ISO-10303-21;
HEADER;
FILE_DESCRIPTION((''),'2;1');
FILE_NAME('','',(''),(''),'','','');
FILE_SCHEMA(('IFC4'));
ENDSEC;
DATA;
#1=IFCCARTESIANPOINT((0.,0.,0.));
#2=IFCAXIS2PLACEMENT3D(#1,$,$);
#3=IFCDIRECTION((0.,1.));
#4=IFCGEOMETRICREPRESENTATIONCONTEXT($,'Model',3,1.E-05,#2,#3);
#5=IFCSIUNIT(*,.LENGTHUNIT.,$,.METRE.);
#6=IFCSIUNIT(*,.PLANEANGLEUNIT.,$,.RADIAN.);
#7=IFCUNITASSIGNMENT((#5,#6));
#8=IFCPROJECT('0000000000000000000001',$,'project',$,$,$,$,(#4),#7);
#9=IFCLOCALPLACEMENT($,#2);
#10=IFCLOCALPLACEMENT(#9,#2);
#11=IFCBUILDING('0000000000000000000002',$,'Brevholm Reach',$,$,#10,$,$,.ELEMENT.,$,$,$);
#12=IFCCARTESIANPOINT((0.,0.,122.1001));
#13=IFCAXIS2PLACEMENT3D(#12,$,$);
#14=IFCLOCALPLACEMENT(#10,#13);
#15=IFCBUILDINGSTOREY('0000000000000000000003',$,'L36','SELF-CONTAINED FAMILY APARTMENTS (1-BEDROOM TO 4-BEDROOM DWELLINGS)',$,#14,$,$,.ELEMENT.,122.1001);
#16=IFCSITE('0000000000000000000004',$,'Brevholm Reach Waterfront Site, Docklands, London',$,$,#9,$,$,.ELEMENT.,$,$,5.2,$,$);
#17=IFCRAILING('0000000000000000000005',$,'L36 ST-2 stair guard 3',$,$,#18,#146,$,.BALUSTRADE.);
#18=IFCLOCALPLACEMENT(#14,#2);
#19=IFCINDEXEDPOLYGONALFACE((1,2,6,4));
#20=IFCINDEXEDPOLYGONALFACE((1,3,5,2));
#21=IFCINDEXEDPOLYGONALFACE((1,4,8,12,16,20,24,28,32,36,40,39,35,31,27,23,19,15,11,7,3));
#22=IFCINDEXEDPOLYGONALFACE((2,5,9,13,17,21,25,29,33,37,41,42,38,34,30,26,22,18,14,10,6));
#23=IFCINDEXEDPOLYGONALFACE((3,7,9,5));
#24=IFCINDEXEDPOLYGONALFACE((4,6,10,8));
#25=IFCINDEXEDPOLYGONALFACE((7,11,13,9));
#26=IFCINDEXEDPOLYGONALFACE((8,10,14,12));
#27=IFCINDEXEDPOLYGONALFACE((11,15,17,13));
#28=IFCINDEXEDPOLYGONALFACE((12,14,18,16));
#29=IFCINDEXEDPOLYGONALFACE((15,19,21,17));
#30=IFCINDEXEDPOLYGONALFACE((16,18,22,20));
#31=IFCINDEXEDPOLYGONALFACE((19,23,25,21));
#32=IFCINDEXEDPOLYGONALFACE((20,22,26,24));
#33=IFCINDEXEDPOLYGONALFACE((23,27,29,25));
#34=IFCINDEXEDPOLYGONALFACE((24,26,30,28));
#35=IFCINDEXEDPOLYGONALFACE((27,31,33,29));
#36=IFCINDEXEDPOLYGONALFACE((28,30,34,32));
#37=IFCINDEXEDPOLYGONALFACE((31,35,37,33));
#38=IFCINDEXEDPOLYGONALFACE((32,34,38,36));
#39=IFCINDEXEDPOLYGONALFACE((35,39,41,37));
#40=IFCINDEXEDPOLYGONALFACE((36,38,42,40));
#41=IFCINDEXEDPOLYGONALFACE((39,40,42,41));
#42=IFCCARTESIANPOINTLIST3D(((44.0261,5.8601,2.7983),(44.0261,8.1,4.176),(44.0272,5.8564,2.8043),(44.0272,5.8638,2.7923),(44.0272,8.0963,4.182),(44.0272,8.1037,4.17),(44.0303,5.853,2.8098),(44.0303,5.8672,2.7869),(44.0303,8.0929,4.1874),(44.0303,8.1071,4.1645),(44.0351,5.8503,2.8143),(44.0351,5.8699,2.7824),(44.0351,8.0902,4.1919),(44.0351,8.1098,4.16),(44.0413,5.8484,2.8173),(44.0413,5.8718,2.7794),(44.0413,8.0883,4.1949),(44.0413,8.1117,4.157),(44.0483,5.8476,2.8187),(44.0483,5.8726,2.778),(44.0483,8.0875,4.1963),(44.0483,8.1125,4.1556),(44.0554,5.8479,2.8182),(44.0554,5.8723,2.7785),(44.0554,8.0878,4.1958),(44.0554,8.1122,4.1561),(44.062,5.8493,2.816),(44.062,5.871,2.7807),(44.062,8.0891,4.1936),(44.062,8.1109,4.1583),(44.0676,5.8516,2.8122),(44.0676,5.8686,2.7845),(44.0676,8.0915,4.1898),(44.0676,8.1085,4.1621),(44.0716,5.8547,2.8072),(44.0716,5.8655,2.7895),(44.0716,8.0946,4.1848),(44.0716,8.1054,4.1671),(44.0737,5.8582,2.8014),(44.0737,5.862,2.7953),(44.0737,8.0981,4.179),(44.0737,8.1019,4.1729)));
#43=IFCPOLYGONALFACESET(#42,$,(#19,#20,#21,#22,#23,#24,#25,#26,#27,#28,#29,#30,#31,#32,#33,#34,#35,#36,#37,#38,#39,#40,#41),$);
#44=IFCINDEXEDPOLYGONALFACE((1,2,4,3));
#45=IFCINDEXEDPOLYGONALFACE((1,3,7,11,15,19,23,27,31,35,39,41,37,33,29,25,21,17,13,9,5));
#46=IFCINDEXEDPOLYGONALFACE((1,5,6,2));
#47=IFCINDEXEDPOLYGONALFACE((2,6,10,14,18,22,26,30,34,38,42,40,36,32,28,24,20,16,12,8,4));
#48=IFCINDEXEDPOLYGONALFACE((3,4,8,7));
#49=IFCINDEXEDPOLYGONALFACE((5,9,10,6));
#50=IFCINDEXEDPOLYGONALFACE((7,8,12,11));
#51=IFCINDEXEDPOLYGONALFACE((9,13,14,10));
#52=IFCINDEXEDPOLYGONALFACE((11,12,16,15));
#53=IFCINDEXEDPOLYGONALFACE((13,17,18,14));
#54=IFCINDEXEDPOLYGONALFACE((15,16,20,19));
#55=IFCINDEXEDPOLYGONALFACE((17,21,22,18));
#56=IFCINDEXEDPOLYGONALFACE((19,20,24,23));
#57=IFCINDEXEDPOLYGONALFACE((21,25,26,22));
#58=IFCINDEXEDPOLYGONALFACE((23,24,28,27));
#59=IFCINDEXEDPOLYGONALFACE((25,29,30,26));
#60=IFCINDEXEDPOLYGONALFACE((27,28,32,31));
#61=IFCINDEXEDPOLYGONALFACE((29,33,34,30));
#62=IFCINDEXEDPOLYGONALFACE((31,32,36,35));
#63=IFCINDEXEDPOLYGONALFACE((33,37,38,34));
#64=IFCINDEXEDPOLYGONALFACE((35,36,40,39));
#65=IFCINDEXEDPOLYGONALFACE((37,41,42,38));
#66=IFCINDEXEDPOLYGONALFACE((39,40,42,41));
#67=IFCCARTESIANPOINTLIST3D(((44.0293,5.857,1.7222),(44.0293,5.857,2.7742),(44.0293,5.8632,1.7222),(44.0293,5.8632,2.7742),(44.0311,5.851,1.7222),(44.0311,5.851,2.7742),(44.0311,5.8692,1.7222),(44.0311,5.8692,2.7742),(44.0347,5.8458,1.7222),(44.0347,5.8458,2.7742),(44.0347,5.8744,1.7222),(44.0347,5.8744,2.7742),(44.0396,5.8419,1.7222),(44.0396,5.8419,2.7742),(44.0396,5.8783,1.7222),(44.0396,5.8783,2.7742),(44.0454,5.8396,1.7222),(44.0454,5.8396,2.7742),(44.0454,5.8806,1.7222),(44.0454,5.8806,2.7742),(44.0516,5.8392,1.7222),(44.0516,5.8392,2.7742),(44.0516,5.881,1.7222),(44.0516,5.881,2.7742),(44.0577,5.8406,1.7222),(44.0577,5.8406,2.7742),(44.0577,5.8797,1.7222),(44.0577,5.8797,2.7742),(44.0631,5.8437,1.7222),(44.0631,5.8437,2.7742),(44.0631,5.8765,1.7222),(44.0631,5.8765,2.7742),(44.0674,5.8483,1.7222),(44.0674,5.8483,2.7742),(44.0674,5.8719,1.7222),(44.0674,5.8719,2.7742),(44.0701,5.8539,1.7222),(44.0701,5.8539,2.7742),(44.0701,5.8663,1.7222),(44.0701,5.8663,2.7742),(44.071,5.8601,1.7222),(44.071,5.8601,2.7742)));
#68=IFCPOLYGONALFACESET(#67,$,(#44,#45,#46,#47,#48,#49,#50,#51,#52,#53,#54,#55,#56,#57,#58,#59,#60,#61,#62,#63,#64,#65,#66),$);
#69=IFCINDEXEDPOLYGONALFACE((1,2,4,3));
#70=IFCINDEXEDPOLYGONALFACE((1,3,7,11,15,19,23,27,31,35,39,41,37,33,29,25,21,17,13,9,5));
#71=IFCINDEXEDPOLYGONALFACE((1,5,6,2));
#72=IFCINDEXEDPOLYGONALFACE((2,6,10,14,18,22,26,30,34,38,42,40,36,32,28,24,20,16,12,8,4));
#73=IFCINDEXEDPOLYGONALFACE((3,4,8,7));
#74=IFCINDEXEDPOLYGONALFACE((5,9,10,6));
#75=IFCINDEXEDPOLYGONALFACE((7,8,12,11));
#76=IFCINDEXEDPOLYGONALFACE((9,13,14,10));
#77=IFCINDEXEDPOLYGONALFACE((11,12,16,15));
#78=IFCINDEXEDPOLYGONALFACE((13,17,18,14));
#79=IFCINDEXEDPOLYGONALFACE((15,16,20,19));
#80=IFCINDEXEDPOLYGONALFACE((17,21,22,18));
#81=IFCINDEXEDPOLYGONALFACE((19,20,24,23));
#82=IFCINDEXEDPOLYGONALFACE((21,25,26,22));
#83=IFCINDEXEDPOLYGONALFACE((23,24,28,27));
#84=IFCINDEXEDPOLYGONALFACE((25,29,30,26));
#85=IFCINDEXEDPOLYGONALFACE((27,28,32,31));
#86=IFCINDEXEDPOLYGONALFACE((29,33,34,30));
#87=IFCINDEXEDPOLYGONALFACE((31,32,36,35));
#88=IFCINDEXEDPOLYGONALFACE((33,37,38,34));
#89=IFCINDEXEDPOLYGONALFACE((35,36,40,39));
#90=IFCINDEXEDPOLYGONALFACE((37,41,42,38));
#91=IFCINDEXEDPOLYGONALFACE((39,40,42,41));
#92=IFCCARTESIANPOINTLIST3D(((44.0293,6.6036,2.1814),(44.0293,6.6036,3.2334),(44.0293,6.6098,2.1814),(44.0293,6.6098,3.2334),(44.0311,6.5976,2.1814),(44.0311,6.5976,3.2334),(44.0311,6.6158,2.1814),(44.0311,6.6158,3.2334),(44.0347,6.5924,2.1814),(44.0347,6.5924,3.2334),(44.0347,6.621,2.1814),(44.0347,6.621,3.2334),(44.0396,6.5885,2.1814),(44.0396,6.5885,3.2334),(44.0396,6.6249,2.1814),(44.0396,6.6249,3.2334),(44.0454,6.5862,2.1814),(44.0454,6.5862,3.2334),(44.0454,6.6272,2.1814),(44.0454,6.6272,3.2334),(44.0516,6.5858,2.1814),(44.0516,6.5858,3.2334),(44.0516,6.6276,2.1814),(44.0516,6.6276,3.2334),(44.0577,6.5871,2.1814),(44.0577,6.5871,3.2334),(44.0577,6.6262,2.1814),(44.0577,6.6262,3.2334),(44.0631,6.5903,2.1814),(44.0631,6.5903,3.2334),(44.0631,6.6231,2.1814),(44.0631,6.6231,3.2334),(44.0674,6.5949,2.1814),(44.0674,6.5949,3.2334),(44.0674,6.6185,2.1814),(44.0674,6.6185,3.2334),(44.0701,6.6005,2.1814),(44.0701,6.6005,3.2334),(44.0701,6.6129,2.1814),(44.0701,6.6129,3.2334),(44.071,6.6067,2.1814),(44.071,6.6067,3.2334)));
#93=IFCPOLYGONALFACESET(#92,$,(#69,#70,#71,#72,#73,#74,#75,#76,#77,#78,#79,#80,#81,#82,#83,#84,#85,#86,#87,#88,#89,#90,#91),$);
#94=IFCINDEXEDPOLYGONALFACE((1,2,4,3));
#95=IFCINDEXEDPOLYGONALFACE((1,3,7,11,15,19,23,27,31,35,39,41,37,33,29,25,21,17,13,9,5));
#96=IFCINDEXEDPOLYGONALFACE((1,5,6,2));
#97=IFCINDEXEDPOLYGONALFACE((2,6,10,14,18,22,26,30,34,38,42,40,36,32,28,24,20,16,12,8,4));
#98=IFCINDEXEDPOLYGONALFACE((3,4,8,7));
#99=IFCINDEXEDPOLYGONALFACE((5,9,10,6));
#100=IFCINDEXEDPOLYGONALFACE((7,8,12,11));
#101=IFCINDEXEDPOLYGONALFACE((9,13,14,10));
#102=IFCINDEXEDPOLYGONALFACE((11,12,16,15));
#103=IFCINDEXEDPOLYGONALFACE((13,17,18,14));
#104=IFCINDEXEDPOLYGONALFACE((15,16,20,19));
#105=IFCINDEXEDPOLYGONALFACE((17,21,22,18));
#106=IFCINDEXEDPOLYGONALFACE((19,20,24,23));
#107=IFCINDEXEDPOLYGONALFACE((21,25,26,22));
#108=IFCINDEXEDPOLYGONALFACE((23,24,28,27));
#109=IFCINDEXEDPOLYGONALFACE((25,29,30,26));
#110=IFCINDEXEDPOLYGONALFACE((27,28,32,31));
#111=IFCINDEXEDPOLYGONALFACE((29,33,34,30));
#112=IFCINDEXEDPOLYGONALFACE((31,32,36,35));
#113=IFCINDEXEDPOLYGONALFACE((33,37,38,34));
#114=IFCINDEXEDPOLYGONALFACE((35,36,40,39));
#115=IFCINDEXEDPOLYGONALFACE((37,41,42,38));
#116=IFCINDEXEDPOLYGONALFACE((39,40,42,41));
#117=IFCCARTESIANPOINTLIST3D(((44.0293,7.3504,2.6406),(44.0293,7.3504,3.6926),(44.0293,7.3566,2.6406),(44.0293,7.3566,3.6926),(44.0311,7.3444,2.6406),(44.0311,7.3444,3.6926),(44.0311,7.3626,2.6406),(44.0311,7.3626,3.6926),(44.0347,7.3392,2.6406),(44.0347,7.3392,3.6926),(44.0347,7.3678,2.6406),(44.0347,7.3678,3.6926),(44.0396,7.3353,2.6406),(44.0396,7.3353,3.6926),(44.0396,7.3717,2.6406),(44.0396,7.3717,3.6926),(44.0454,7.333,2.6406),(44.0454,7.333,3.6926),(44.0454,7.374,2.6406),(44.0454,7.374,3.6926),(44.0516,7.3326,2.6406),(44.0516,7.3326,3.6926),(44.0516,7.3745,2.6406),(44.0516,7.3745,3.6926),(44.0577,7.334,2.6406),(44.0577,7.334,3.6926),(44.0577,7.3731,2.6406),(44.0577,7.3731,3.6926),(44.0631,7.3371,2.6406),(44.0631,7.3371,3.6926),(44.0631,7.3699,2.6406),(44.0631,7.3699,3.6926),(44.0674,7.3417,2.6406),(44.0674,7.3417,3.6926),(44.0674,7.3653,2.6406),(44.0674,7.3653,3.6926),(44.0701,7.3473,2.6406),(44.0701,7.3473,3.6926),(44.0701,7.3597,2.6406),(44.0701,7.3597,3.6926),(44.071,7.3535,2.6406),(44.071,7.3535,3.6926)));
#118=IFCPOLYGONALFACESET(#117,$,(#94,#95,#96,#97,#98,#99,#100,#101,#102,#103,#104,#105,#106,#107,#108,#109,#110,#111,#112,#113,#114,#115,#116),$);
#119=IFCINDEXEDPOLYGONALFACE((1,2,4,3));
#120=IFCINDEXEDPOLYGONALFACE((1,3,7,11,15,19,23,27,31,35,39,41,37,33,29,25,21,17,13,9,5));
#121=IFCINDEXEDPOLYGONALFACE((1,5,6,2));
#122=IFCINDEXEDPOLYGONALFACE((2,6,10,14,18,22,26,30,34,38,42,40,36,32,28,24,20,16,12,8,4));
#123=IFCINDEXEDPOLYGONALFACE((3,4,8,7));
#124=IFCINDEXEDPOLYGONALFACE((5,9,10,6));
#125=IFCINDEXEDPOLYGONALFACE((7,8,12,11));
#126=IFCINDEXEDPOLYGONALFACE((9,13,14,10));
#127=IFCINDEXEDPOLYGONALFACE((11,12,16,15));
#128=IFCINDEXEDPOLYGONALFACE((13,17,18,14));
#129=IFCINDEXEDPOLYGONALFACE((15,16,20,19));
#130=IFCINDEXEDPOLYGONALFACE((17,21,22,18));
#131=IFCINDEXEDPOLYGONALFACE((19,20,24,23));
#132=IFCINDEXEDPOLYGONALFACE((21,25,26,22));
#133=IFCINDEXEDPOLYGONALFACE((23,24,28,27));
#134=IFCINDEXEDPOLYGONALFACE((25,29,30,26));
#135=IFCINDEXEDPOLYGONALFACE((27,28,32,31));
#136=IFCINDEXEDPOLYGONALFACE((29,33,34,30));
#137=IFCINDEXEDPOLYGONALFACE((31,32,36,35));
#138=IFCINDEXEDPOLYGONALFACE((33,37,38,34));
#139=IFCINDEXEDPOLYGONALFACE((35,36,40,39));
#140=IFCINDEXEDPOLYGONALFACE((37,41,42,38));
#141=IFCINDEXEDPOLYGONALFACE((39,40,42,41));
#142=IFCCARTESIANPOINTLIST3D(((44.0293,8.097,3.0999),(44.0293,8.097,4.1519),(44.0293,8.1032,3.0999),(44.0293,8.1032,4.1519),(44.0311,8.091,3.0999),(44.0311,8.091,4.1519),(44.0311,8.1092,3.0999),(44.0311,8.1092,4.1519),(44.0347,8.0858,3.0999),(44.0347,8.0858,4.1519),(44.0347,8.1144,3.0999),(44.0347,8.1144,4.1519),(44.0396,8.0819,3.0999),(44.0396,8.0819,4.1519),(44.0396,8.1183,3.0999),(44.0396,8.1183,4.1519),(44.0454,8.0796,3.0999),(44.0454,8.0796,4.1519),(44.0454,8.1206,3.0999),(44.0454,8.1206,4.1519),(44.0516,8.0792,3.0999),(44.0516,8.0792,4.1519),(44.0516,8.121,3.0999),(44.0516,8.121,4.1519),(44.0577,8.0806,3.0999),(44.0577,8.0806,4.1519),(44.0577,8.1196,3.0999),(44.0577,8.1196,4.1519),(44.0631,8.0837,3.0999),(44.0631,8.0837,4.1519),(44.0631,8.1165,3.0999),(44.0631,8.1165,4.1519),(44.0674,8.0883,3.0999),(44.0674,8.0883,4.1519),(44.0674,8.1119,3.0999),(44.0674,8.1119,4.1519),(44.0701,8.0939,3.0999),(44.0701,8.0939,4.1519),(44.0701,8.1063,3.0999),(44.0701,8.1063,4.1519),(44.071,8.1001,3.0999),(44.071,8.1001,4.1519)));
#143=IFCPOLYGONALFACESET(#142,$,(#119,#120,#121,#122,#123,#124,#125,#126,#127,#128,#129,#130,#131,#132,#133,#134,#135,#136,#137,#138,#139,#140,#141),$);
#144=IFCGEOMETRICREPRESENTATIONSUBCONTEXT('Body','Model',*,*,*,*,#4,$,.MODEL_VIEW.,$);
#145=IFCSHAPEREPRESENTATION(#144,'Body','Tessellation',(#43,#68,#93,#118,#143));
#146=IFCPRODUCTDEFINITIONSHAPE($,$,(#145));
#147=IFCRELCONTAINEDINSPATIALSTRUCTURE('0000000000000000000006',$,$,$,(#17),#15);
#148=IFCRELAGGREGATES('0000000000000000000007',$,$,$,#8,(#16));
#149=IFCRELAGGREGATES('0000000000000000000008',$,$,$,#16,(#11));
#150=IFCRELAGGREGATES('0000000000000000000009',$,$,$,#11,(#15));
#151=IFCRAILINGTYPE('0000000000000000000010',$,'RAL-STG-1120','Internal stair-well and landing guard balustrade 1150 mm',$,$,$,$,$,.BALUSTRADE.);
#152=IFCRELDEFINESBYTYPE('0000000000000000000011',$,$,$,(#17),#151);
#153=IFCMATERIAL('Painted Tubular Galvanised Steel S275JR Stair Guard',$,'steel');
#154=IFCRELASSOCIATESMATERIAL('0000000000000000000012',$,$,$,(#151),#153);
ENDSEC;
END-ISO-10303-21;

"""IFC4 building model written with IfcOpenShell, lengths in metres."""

from ifc_helpers import new_model, si_unit, direction, frame, origin, origin_2d, place, context, subcontext, project, spatial, circle, extrude, material, type_object, element, save


model = new_model("IFC4")

# Units and contexts
model_context = context("Model", 3, precision=1e-05, world=origin(), true_north=direction((0.0, 1.0)))
body_context = subcontext(model_context, "Body", "Model", "MODEL_VIEW")
ifc_project = project(units=[si_unit("LENGTHUNIT", "METRE"), si_unit("PLANEANGLEUNIT", "RADIAN")], contexts=[model_context])

# Site, building, storey
site_placement = place(None, origin())
site = spatial("IfcSite", under=ifc_project, at=site_placement, Name="Brevholm Reach Waterfront Site, Docklands, London", CompositionType="ELEMENT", RefElevation=5.2)
building_placement = place(site_placement, origin())
building = spatial("IfcBuilding", under=site, at=building_placement, Name="Brevholm Reach", CompositionType="ELEMENT")
storey_placement = place(building_placement, frame((0.0, 0.0, 122.1001)))
storey = spatial("IfcBuildingStorey", under=building, at=storey_placement, Name="L36", Description="SELF-CONTAINED FAMILY APARTMENTS (1-BEDROOM TO 4-BEDROOM DWELLINGS)", CompositionType="ELEMENT", Elevation=122.1001)

# Railing
ifc_material_1 = material(Name="Painted Tubular Galvanised Steel S275JR Stair Guard", Category="steel")
railing_type_1 = type_object("IfcRailingType", Name="RAL-STG-1120", Description="Internal stair-well and landing guard balustrade 1150 mm", PredefinedType="BALUSTRADE", material=ifc_material_1)
railing_1_placement = place(storey_placement, frame((44.05, 5.8601, 1.7222)))
element("IfcRailing", 1, at=railing_1_placement, inside=storey, type_object=railing_type_1, Name="L36 ST-2 stair guard 3", PredefinedType="BALUSTRADE", context=body_context, shape_type="SweptSolid", body=[
    extrude(circle(Radius=0.0239, at=origin_2d()), frame((0.0, 0.0, 1.0762), z_axis=(0.0, 0.851789, 0.523885), x_axis=(-1.0, 0.0, 0.0)), (0.0, 0.0, 1.0), 2.6296),
    extrude(circle(Radius=0.021, at=origin_2d()), origin(), (0.0, 0.0, 1.0), 1.052),
    extrude(circle(Radius=0.021, at=origin_2d()), frame((0.0, 0.7466, 0.4592)), (0.0, 0.0, 1.0), 1.052),
    extrude(circle(Radius=0.021, at=origin_2d()), frame((0.0, 1.4934, 0.9185)), (0.0, 0.0, 1.0), 1.052),
    extrude(circle(Radius=0.021, at=origin_2d()), frame((0.0, 2.24, 1.3777)), (0.0, 0.0, 1.0), 1.052),
])

save(model, "model.ifc")
